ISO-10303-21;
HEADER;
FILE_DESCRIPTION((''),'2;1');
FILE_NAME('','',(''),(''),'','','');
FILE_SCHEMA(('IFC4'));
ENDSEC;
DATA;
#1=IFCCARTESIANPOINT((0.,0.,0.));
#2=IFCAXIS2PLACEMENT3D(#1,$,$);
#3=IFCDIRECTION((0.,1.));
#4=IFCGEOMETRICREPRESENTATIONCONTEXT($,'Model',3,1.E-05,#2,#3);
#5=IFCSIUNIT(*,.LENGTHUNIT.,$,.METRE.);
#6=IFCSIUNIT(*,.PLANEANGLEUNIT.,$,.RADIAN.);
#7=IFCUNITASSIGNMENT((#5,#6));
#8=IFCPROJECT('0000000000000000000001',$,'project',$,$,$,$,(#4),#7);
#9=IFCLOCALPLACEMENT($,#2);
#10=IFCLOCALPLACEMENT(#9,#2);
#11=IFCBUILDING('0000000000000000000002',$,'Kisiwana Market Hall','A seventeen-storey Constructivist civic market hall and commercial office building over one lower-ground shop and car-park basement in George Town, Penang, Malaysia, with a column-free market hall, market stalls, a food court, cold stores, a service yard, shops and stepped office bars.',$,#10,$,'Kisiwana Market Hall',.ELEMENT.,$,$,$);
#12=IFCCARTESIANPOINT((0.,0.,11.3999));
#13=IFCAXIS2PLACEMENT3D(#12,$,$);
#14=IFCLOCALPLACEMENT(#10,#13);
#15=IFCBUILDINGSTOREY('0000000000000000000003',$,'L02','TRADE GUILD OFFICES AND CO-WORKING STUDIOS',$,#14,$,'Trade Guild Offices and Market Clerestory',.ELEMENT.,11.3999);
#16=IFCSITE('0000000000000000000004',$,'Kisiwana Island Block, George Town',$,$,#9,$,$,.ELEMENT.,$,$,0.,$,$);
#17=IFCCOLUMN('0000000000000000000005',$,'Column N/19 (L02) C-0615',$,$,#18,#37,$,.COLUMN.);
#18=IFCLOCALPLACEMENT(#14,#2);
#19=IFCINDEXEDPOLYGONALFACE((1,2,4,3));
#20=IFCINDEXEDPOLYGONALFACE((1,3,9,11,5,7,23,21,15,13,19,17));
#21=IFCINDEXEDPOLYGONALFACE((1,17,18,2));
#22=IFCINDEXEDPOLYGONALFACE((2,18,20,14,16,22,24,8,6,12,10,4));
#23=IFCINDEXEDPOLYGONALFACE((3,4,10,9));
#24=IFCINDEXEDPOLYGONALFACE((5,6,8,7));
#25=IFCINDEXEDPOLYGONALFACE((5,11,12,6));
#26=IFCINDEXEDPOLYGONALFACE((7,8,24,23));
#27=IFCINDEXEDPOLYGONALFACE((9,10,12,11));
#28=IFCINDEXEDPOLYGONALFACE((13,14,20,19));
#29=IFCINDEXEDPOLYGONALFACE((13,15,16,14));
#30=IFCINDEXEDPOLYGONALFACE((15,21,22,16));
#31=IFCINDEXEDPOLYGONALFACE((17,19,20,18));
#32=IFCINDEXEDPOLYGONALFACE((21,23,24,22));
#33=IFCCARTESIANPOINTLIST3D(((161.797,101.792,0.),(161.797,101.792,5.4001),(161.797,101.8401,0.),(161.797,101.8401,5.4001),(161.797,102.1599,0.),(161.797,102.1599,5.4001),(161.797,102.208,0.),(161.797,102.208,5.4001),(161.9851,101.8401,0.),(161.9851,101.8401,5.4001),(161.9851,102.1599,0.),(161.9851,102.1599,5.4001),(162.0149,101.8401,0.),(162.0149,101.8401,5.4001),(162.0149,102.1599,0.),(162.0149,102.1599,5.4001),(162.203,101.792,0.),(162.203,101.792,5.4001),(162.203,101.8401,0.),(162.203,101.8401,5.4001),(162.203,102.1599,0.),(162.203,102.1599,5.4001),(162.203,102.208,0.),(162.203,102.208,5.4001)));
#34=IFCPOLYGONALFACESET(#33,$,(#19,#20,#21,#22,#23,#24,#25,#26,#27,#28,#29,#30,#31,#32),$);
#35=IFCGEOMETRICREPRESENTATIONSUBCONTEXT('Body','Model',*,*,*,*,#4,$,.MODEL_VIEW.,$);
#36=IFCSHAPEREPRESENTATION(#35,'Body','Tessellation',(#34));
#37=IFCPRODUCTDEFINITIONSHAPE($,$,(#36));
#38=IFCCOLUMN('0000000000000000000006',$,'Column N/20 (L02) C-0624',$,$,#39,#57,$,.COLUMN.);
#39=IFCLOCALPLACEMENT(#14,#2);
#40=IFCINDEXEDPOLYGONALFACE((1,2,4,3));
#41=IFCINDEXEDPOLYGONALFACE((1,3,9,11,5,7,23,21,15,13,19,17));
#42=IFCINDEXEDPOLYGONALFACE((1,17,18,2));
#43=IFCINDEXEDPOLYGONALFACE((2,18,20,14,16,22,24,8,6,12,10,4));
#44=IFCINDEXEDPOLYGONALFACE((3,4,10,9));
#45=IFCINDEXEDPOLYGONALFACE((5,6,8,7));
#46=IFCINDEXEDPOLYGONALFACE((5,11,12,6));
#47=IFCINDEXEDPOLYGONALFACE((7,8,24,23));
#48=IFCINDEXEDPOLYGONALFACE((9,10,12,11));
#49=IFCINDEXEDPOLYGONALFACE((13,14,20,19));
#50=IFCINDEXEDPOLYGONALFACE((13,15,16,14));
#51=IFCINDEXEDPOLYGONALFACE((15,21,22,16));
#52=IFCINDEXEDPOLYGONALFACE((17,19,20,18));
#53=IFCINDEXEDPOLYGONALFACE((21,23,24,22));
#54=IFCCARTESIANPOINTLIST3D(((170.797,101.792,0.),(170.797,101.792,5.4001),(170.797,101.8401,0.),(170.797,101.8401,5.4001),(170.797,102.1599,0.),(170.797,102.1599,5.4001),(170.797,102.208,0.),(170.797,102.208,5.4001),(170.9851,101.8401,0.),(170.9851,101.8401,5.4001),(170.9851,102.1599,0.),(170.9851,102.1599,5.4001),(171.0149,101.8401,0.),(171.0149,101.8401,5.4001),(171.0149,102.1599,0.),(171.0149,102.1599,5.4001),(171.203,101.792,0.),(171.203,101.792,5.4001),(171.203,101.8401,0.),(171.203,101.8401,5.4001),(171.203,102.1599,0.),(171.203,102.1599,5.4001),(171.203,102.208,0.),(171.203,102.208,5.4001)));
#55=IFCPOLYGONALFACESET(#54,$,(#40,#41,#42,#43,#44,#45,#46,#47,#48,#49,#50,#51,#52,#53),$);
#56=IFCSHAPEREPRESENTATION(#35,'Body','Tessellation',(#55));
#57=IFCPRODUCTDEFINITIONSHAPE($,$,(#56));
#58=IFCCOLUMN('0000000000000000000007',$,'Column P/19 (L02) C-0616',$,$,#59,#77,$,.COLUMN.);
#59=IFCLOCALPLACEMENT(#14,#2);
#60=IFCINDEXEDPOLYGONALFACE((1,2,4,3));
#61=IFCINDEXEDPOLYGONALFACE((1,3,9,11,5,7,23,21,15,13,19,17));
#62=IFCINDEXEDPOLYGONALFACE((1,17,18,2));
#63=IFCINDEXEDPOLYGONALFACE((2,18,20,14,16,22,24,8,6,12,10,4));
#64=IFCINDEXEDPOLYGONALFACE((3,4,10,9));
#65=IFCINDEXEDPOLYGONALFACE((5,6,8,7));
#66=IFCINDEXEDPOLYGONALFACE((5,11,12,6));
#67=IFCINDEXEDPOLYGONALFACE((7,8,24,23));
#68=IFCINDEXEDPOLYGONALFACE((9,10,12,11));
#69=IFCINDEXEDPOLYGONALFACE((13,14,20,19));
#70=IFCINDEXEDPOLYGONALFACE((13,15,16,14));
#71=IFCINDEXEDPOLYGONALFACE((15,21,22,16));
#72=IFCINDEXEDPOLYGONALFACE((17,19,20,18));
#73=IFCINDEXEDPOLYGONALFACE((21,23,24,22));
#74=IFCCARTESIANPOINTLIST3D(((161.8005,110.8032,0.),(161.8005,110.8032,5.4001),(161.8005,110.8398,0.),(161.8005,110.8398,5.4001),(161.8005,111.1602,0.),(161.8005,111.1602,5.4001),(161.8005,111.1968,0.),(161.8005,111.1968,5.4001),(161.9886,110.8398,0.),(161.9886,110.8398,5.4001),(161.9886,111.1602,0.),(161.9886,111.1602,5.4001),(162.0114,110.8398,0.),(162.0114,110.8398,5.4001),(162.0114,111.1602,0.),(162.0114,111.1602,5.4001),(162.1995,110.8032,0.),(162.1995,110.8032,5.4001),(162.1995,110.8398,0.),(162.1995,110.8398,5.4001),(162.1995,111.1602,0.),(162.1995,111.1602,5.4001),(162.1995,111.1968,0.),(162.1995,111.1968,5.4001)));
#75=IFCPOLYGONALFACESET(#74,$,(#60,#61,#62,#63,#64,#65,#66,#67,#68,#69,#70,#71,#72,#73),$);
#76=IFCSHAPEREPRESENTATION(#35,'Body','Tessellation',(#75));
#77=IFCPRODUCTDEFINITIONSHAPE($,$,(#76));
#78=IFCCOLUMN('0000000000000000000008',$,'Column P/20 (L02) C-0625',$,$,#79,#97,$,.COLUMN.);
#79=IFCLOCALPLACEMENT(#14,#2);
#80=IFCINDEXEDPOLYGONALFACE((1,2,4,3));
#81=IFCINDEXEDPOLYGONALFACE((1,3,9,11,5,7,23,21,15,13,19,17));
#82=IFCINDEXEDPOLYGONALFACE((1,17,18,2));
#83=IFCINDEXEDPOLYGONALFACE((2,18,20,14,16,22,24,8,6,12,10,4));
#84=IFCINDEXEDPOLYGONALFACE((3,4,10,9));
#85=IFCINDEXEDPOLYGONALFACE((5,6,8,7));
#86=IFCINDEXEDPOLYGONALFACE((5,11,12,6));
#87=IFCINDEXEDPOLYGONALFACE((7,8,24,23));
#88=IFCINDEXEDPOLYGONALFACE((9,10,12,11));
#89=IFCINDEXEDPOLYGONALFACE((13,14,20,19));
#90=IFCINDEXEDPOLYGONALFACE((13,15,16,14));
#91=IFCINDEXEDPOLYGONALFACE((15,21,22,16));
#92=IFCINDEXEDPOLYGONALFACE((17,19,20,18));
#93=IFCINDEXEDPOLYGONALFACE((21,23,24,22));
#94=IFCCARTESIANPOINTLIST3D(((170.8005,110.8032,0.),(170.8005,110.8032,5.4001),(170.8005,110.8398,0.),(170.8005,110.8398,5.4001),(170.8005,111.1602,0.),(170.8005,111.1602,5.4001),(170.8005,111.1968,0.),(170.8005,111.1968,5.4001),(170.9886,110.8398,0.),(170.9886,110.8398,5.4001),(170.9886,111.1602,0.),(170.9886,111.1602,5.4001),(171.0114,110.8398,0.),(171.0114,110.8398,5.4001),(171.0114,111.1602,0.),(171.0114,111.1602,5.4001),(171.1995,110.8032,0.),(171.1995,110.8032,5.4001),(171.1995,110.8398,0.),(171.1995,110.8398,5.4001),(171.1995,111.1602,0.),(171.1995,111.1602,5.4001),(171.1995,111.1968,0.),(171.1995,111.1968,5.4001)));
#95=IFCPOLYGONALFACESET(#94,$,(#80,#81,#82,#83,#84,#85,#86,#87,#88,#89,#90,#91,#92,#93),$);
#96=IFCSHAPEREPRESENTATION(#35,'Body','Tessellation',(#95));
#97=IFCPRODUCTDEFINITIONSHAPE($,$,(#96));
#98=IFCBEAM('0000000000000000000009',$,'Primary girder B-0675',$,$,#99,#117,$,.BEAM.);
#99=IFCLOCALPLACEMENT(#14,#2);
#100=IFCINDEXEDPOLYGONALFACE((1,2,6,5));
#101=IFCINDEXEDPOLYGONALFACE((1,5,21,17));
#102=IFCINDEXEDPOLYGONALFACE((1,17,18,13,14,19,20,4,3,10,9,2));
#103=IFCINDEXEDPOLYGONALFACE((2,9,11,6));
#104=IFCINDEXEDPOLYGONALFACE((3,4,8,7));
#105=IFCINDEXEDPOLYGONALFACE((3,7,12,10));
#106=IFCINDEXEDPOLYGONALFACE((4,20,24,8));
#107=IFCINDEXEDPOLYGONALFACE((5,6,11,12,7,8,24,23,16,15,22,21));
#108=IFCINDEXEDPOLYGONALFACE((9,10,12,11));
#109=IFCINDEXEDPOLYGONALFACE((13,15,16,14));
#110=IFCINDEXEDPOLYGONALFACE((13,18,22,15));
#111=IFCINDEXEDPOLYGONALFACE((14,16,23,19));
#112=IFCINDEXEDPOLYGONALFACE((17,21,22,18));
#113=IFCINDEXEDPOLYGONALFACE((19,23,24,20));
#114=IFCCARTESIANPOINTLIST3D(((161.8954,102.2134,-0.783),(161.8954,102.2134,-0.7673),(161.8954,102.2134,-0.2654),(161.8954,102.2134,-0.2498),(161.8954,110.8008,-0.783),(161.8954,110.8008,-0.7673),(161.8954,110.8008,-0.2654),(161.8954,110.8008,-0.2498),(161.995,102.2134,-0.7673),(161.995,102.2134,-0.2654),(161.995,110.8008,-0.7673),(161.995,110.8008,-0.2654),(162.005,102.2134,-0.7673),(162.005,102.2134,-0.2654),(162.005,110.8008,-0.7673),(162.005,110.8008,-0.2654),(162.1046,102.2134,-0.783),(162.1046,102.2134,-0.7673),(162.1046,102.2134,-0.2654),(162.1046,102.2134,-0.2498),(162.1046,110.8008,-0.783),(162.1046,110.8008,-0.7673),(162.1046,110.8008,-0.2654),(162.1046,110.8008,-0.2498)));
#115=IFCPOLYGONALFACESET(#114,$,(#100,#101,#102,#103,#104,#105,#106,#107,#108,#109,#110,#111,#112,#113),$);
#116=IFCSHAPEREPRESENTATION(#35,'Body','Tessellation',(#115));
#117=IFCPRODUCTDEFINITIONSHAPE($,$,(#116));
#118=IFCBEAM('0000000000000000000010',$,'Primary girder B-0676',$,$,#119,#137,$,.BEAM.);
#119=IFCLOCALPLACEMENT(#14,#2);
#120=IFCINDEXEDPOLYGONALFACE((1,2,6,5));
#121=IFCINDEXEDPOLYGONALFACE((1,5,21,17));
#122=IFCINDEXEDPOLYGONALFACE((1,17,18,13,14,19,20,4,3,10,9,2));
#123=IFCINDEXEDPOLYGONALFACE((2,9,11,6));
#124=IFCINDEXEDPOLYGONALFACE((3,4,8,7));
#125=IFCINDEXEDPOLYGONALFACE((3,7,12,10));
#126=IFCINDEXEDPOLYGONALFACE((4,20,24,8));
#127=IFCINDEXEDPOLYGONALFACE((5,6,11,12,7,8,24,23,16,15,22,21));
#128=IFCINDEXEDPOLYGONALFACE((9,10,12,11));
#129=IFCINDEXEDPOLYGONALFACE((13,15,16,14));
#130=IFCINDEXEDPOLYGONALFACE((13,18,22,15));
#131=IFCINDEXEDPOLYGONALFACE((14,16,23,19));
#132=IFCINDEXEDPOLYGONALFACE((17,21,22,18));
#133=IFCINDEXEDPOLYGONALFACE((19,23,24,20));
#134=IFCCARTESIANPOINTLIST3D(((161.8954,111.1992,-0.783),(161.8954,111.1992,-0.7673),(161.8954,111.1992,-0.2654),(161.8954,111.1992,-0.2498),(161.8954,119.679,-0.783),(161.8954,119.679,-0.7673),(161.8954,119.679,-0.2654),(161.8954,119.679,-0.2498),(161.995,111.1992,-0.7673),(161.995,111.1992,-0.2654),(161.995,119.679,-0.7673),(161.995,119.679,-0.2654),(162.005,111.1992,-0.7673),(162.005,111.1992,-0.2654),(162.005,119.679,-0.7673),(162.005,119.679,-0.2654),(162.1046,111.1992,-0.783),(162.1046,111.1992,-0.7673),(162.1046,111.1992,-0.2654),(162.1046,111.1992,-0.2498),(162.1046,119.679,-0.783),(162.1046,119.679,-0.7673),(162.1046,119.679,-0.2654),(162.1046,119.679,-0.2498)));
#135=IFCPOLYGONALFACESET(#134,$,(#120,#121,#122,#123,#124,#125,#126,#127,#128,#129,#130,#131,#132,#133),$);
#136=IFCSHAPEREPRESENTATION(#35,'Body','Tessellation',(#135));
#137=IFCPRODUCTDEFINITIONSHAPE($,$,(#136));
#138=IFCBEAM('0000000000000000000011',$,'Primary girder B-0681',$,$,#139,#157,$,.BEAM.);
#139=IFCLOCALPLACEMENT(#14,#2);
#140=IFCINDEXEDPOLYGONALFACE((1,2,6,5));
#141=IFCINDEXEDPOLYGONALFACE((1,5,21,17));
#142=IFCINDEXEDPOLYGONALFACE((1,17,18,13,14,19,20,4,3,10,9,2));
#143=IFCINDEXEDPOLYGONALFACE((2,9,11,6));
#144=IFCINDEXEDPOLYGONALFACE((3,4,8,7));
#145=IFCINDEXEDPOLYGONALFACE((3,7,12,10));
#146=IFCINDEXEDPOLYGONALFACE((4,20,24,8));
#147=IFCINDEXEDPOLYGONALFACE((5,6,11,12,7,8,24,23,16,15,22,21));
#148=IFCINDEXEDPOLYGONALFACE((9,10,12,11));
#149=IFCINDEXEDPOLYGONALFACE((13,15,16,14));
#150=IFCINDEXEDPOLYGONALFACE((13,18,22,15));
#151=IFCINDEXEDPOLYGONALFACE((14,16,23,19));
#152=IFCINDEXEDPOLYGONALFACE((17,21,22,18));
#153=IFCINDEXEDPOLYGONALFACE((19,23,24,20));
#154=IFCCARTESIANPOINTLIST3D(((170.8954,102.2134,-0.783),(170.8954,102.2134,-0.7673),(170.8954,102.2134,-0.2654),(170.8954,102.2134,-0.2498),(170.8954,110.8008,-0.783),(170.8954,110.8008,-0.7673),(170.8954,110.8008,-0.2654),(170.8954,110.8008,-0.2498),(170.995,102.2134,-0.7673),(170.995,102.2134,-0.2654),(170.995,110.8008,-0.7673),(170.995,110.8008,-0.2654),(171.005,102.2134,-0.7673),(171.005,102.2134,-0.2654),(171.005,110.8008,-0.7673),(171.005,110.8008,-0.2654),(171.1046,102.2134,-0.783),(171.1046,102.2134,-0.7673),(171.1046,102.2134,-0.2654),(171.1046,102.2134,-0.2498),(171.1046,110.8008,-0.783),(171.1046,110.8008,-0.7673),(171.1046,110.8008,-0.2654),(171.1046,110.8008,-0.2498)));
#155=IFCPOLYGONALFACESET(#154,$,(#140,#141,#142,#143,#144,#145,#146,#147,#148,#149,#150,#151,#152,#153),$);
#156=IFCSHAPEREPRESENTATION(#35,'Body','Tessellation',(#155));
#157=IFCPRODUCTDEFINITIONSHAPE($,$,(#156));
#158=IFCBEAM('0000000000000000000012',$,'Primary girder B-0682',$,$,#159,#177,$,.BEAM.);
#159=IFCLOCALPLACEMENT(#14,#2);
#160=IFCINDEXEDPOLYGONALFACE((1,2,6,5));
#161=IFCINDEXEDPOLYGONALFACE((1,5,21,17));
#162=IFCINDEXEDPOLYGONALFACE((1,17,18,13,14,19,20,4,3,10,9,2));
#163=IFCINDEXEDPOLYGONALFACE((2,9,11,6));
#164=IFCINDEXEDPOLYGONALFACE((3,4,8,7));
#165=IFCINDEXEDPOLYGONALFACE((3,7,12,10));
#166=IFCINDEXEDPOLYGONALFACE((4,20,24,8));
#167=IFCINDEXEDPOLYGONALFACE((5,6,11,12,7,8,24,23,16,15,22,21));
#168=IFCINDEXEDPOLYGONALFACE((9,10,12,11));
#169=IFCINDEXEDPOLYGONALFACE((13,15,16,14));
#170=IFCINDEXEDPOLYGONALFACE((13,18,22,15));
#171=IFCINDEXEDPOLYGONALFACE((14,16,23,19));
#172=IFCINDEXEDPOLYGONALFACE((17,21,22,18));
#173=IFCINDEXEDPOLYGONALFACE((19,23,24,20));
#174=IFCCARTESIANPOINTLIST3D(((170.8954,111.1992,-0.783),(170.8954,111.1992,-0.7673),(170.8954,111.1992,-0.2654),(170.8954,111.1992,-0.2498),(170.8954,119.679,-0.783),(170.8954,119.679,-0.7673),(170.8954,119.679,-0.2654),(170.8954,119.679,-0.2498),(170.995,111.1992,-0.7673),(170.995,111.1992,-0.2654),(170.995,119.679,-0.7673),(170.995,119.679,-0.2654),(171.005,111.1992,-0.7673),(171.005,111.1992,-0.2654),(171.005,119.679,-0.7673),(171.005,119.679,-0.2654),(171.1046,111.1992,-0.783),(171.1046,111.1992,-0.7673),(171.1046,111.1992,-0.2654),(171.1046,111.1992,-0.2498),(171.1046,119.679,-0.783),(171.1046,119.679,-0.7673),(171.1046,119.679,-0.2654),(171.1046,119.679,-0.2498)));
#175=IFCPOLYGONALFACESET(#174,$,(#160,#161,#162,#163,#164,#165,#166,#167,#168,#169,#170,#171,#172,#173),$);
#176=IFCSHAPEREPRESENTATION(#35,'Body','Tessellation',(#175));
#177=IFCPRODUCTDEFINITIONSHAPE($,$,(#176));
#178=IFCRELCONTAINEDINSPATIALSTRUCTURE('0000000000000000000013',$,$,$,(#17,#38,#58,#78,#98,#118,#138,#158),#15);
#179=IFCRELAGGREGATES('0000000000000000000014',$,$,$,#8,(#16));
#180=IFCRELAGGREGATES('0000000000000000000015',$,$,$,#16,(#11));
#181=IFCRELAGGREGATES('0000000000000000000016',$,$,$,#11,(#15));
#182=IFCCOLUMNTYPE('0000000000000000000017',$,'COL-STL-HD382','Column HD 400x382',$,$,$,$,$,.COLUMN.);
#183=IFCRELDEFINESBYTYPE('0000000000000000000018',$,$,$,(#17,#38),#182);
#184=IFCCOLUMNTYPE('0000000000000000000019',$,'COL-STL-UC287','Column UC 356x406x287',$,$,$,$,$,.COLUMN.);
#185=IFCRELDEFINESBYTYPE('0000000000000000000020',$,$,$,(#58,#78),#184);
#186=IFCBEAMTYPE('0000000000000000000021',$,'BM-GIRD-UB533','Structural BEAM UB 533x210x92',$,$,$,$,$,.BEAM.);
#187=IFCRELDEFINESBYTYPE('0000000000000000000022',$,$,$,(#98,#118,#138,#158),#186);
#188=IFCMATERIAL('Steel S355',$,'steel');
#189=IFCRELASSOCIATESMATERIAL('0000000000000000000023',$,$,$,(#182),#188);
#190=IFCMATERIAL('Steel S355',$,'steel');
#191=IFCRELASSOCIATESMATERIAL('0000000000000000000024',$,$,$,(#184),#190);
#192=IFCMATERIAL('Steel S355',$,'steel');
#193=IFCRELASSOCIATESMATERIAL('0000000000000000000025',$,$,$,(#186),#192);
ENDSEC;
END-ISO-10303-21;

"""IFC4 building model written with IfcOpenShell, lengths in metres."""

from ifc_helpers import new_model, si_unit, direction, frame, origin, origin_2d, place, context, subcontext, project, spatial, i_section, extrude, material, material_profile, profile_set, type_object, element, save


model = new_model("IFC4")

# Units and contexts
model_context = context("Model", 3, precision=1e-05, world=origin(), true_north=direction((0.0, 1.0)))
body_context = subcontext(model_context, "Body", "Model", "MODEL_VIEW")
ifc_project = project(units=[si_unit("LENGTHUNIT", "METRE"), si_unit("PLANEANGLEUNIT", "RADIAN")], contexts=[model_context])

# Site, building, storey
site_placement = place(None, origin())
site = spatial("IfcSite", under=ifc_project, at=site_placement, Name="Kisiwana Island Block, George Town", CompositionType="ELEMENT", RefElevation=0.0)
building_placement = place(site_placement, origin())
building = spatial("IfcBuilding", under=site, at=building_placement, Name="Kisiwana Market Hall", Description="A seventeen-storey Constructivist civic market hall and commercial office building over one lower-ground shop and car-park basement in George Town, Penang, Malaysia, with a column-free market hall, market stalls, a food court, cold stores, a service yard, shops and stepped office bars.", LongName="Kisiwana Market Hall", CompositionType="ELEMENT")
storey_placement = place(building_placement, frame((0.0, 0.0, 11.3999)))
storey = spatial("IfcBuildingStorey", under=building, at=storey_placement, Name="L02", Description="TRADE GUILD OFFICES AND CO-WORKING STUDIOS", LongName="Trade Guild Offices and Market Clerestory", CompositionType="ELEMENT", Elevation=11.3999)

# Columns
ifc_material_1 = material(Name="Steel S355", Category="steel")
ifc_material_profile_1 = material_profile(ifc_material_1, i_section(OverallWidth=0.406, OverallDepth=0.416, WebThickness=0.0298, FlangeThickness=0.0481, at=origin_2d()), Name="HD 400x382")
ifc_profile_set_1 = profile_set([ifc_material_profile_1], Name="Steel S355")
column_type_1 = type_object("IfcColumnType", Name="COL-STL-HD382", Description="Column HD 400x382", PredefinedType="COLUMN", material=ifc_profile_set_1)
for number, where, z_axis, x_axis, name in (
    (1, (162.0, 102.0, 0.0), (0.0, 0.0, 1.0), (1.0, 0.0, 0.0), "Column N/19 (L02) C-0615"),
    (2, (171.0, 102.0, 0.0), (0.0, 0.0, 1.0), (1.0, 0.0, 0.0), "Column N/20 (L02) C-0624"),
):
    element("IfcColumn", number, at=place(storey_placement, frame(where, z_axis=z_axis, x_axis=x_axis)), inside=storey, type_object=column_type_1, Name=name, PredefinedType="COLUMN", context=body_context, shape_type="SweptSolid", body=[
        extrude(i_section(OverallWidth=0.406, OverallDepth=0.416, WebThickness=0.0298, FlangeThickness=0.0481, at=origin_2d()), origin(), (0.0, 0.0, 1.0), 5.4001),
    ])
ifc_material_2 = material(Name="Steel S355", Category="steel")
ifc_material_profile_2 = material_profile(ifc_material_2, i_section(OverallWidth=0.3989, OverallDepth=0.3936, WebThickness=0.0227, FlangeThickness=0.0366, at=origin_2d()), Name="UC 356x406x287")
ifc_profile_set_2 = profile_set([ifc_material_profile_2], Name="Steel S355")
column_type_2 = type_object("IfcColumnType", Name="COL-STL-UC287", Description="Column UC 356x406x287", PredefinedType="COLUMN", material=ifc_profile_set_2)
for number, where, z_axis, x_axis, name in (
    (3, (162.0, 111.0, 0.0), (0.0, 0.0, 1.0), (1.0, 0.0, 0.0), "Column P/19 (L02) C-0616"),
    (4, (171.0, 111.0, 0.0), (0.0, 0.0, 1.0), (1.0, 0.0, 0.0), "Column P/20 (L02) C-0625"),
):
    element("IfcColumn", number, at=place(storey_placement, frame(where, z_axis=z_axis, x_axis=x_axis)), inside=storey, type_object=column_type_2, Name=name, PredefinedType="COLUMN", context=body_context, shape_type="SweptSolid", body=[
        extrude(i_section(OverallWidth=0.3989, OverallDepth=0.3936, WebThickness=0.0227, FlangeThickness=0.0366, at=origin_2d()), origin(), (0.0, 0.0, 1.0), 5.4001),
    ])

# Beams
ifc_material_3 = material(Name="Steel S355", Category="steel")
ifc_material_profile_3 = material_profile(ifc_material_3, i_section(OverallWidth=0.2092, OverallDepth=0.5332, WebThickness=0.01, FlangeThickness=0.0156, at=origin_2d()), Name="UB 533x210x92")
ifc_profile_set_3 = profile_set([ifc_material_profile_3], Name="Steel S355")
beam_type_1 = type_object("IfcBeamType", Name="BM-GIRD-UB533", Description="Structural BEAM UB 533x210x92", PredefinedType="BEAM", material=ifc_profile_set_3)
beam_1_placement = place(storey_placement, frame((162.0, 102.2134, -0.5164), z_axis=(0.0, 1.0, 0.0), x_axis=(-1.0, 0.0, 0.0)))
element("IfcBeam", 5, at=beam_1_placement, inside=storey, type_object=beam_type_1, Name="Primary girder B-0675", PredefinedType="BEAM", context=body_context, shape_type="SweptSolid", body=[
    extrude(i_section(OverallWidth=0.2092, OverallDepth=0.5332, WebThickness=0.01, FlangeThickness=0.0156, at=origin_2d()), origin(), (0.0, 0.0, 1.0), 8.5874),
])
beam_2_placement = place(storey_placement, frame((162.0, 111.1992, -0.5164), z_axis=(0.0, 1.0, 0.0), x_axis=(-1.0, 0.0, 0.0)))
element("IfcBeam", 6, at=beam_2_placement, inside=storey, type_object=beam_type_1, Name="Primary girder B-0676", PredefinedType="BEAM", context=body_context, shape_type="SweptSolid", body=[
    extrude(i_section(OverallWidth=0.2092, OverallDepth=0.5332, WebThickness=0.01, FlangeThickness=0.0156, at=origin_2d()), origin(), (0.0, 0.0, 1.0), 8.4797),
])
beam_3_placement = place(storey_placement, frame((171.0, 102.2134, -0.5164), z_axis=(0.0, 1.0, 0.0), x_axis=(-1.0, 0.0, 0.0)))
element("IfcBeam", 7, at=beam_3_placement, inside=storey, type_object=beam_type_1, Name="Primary girder B-0681", PredefinedType="BEAM", context=body_context, shape_type="SweptSolid", body=[
    extrude(i_section(OverallWidth=0.2092, OverallDepth=0.5332, WebThickness=0.01, FlangeThickness=0.0156, at=origin_2d()), origin(), (0.0, 0.0, 1.0), 8.5874),
])
beam_4_placement = place(storey_placement, frame((171.0, 111.1992, -0.5164), z_axis=(0.0, 1.0, 0.0), x_axis=(-1.0, 0.0, 0.0)))
element("IfcBeam", 8, at=beam_4_placement, inside=storey, type_object=beam_type_1, Name="Primary girder B-0682", PredefinedType="BEAM", context=body_context, shape_type="SweptSolid", body=[
    extrude(i_section(OverallWidth=0.2092, OverallDepth=0.5332, WebThickness=0.01, FlangeThickness=0.0156, at=origin_2d()), origin(), (0.0, 0.0, 1.0), 8.4797),
])

save(model, "model.ifc")
